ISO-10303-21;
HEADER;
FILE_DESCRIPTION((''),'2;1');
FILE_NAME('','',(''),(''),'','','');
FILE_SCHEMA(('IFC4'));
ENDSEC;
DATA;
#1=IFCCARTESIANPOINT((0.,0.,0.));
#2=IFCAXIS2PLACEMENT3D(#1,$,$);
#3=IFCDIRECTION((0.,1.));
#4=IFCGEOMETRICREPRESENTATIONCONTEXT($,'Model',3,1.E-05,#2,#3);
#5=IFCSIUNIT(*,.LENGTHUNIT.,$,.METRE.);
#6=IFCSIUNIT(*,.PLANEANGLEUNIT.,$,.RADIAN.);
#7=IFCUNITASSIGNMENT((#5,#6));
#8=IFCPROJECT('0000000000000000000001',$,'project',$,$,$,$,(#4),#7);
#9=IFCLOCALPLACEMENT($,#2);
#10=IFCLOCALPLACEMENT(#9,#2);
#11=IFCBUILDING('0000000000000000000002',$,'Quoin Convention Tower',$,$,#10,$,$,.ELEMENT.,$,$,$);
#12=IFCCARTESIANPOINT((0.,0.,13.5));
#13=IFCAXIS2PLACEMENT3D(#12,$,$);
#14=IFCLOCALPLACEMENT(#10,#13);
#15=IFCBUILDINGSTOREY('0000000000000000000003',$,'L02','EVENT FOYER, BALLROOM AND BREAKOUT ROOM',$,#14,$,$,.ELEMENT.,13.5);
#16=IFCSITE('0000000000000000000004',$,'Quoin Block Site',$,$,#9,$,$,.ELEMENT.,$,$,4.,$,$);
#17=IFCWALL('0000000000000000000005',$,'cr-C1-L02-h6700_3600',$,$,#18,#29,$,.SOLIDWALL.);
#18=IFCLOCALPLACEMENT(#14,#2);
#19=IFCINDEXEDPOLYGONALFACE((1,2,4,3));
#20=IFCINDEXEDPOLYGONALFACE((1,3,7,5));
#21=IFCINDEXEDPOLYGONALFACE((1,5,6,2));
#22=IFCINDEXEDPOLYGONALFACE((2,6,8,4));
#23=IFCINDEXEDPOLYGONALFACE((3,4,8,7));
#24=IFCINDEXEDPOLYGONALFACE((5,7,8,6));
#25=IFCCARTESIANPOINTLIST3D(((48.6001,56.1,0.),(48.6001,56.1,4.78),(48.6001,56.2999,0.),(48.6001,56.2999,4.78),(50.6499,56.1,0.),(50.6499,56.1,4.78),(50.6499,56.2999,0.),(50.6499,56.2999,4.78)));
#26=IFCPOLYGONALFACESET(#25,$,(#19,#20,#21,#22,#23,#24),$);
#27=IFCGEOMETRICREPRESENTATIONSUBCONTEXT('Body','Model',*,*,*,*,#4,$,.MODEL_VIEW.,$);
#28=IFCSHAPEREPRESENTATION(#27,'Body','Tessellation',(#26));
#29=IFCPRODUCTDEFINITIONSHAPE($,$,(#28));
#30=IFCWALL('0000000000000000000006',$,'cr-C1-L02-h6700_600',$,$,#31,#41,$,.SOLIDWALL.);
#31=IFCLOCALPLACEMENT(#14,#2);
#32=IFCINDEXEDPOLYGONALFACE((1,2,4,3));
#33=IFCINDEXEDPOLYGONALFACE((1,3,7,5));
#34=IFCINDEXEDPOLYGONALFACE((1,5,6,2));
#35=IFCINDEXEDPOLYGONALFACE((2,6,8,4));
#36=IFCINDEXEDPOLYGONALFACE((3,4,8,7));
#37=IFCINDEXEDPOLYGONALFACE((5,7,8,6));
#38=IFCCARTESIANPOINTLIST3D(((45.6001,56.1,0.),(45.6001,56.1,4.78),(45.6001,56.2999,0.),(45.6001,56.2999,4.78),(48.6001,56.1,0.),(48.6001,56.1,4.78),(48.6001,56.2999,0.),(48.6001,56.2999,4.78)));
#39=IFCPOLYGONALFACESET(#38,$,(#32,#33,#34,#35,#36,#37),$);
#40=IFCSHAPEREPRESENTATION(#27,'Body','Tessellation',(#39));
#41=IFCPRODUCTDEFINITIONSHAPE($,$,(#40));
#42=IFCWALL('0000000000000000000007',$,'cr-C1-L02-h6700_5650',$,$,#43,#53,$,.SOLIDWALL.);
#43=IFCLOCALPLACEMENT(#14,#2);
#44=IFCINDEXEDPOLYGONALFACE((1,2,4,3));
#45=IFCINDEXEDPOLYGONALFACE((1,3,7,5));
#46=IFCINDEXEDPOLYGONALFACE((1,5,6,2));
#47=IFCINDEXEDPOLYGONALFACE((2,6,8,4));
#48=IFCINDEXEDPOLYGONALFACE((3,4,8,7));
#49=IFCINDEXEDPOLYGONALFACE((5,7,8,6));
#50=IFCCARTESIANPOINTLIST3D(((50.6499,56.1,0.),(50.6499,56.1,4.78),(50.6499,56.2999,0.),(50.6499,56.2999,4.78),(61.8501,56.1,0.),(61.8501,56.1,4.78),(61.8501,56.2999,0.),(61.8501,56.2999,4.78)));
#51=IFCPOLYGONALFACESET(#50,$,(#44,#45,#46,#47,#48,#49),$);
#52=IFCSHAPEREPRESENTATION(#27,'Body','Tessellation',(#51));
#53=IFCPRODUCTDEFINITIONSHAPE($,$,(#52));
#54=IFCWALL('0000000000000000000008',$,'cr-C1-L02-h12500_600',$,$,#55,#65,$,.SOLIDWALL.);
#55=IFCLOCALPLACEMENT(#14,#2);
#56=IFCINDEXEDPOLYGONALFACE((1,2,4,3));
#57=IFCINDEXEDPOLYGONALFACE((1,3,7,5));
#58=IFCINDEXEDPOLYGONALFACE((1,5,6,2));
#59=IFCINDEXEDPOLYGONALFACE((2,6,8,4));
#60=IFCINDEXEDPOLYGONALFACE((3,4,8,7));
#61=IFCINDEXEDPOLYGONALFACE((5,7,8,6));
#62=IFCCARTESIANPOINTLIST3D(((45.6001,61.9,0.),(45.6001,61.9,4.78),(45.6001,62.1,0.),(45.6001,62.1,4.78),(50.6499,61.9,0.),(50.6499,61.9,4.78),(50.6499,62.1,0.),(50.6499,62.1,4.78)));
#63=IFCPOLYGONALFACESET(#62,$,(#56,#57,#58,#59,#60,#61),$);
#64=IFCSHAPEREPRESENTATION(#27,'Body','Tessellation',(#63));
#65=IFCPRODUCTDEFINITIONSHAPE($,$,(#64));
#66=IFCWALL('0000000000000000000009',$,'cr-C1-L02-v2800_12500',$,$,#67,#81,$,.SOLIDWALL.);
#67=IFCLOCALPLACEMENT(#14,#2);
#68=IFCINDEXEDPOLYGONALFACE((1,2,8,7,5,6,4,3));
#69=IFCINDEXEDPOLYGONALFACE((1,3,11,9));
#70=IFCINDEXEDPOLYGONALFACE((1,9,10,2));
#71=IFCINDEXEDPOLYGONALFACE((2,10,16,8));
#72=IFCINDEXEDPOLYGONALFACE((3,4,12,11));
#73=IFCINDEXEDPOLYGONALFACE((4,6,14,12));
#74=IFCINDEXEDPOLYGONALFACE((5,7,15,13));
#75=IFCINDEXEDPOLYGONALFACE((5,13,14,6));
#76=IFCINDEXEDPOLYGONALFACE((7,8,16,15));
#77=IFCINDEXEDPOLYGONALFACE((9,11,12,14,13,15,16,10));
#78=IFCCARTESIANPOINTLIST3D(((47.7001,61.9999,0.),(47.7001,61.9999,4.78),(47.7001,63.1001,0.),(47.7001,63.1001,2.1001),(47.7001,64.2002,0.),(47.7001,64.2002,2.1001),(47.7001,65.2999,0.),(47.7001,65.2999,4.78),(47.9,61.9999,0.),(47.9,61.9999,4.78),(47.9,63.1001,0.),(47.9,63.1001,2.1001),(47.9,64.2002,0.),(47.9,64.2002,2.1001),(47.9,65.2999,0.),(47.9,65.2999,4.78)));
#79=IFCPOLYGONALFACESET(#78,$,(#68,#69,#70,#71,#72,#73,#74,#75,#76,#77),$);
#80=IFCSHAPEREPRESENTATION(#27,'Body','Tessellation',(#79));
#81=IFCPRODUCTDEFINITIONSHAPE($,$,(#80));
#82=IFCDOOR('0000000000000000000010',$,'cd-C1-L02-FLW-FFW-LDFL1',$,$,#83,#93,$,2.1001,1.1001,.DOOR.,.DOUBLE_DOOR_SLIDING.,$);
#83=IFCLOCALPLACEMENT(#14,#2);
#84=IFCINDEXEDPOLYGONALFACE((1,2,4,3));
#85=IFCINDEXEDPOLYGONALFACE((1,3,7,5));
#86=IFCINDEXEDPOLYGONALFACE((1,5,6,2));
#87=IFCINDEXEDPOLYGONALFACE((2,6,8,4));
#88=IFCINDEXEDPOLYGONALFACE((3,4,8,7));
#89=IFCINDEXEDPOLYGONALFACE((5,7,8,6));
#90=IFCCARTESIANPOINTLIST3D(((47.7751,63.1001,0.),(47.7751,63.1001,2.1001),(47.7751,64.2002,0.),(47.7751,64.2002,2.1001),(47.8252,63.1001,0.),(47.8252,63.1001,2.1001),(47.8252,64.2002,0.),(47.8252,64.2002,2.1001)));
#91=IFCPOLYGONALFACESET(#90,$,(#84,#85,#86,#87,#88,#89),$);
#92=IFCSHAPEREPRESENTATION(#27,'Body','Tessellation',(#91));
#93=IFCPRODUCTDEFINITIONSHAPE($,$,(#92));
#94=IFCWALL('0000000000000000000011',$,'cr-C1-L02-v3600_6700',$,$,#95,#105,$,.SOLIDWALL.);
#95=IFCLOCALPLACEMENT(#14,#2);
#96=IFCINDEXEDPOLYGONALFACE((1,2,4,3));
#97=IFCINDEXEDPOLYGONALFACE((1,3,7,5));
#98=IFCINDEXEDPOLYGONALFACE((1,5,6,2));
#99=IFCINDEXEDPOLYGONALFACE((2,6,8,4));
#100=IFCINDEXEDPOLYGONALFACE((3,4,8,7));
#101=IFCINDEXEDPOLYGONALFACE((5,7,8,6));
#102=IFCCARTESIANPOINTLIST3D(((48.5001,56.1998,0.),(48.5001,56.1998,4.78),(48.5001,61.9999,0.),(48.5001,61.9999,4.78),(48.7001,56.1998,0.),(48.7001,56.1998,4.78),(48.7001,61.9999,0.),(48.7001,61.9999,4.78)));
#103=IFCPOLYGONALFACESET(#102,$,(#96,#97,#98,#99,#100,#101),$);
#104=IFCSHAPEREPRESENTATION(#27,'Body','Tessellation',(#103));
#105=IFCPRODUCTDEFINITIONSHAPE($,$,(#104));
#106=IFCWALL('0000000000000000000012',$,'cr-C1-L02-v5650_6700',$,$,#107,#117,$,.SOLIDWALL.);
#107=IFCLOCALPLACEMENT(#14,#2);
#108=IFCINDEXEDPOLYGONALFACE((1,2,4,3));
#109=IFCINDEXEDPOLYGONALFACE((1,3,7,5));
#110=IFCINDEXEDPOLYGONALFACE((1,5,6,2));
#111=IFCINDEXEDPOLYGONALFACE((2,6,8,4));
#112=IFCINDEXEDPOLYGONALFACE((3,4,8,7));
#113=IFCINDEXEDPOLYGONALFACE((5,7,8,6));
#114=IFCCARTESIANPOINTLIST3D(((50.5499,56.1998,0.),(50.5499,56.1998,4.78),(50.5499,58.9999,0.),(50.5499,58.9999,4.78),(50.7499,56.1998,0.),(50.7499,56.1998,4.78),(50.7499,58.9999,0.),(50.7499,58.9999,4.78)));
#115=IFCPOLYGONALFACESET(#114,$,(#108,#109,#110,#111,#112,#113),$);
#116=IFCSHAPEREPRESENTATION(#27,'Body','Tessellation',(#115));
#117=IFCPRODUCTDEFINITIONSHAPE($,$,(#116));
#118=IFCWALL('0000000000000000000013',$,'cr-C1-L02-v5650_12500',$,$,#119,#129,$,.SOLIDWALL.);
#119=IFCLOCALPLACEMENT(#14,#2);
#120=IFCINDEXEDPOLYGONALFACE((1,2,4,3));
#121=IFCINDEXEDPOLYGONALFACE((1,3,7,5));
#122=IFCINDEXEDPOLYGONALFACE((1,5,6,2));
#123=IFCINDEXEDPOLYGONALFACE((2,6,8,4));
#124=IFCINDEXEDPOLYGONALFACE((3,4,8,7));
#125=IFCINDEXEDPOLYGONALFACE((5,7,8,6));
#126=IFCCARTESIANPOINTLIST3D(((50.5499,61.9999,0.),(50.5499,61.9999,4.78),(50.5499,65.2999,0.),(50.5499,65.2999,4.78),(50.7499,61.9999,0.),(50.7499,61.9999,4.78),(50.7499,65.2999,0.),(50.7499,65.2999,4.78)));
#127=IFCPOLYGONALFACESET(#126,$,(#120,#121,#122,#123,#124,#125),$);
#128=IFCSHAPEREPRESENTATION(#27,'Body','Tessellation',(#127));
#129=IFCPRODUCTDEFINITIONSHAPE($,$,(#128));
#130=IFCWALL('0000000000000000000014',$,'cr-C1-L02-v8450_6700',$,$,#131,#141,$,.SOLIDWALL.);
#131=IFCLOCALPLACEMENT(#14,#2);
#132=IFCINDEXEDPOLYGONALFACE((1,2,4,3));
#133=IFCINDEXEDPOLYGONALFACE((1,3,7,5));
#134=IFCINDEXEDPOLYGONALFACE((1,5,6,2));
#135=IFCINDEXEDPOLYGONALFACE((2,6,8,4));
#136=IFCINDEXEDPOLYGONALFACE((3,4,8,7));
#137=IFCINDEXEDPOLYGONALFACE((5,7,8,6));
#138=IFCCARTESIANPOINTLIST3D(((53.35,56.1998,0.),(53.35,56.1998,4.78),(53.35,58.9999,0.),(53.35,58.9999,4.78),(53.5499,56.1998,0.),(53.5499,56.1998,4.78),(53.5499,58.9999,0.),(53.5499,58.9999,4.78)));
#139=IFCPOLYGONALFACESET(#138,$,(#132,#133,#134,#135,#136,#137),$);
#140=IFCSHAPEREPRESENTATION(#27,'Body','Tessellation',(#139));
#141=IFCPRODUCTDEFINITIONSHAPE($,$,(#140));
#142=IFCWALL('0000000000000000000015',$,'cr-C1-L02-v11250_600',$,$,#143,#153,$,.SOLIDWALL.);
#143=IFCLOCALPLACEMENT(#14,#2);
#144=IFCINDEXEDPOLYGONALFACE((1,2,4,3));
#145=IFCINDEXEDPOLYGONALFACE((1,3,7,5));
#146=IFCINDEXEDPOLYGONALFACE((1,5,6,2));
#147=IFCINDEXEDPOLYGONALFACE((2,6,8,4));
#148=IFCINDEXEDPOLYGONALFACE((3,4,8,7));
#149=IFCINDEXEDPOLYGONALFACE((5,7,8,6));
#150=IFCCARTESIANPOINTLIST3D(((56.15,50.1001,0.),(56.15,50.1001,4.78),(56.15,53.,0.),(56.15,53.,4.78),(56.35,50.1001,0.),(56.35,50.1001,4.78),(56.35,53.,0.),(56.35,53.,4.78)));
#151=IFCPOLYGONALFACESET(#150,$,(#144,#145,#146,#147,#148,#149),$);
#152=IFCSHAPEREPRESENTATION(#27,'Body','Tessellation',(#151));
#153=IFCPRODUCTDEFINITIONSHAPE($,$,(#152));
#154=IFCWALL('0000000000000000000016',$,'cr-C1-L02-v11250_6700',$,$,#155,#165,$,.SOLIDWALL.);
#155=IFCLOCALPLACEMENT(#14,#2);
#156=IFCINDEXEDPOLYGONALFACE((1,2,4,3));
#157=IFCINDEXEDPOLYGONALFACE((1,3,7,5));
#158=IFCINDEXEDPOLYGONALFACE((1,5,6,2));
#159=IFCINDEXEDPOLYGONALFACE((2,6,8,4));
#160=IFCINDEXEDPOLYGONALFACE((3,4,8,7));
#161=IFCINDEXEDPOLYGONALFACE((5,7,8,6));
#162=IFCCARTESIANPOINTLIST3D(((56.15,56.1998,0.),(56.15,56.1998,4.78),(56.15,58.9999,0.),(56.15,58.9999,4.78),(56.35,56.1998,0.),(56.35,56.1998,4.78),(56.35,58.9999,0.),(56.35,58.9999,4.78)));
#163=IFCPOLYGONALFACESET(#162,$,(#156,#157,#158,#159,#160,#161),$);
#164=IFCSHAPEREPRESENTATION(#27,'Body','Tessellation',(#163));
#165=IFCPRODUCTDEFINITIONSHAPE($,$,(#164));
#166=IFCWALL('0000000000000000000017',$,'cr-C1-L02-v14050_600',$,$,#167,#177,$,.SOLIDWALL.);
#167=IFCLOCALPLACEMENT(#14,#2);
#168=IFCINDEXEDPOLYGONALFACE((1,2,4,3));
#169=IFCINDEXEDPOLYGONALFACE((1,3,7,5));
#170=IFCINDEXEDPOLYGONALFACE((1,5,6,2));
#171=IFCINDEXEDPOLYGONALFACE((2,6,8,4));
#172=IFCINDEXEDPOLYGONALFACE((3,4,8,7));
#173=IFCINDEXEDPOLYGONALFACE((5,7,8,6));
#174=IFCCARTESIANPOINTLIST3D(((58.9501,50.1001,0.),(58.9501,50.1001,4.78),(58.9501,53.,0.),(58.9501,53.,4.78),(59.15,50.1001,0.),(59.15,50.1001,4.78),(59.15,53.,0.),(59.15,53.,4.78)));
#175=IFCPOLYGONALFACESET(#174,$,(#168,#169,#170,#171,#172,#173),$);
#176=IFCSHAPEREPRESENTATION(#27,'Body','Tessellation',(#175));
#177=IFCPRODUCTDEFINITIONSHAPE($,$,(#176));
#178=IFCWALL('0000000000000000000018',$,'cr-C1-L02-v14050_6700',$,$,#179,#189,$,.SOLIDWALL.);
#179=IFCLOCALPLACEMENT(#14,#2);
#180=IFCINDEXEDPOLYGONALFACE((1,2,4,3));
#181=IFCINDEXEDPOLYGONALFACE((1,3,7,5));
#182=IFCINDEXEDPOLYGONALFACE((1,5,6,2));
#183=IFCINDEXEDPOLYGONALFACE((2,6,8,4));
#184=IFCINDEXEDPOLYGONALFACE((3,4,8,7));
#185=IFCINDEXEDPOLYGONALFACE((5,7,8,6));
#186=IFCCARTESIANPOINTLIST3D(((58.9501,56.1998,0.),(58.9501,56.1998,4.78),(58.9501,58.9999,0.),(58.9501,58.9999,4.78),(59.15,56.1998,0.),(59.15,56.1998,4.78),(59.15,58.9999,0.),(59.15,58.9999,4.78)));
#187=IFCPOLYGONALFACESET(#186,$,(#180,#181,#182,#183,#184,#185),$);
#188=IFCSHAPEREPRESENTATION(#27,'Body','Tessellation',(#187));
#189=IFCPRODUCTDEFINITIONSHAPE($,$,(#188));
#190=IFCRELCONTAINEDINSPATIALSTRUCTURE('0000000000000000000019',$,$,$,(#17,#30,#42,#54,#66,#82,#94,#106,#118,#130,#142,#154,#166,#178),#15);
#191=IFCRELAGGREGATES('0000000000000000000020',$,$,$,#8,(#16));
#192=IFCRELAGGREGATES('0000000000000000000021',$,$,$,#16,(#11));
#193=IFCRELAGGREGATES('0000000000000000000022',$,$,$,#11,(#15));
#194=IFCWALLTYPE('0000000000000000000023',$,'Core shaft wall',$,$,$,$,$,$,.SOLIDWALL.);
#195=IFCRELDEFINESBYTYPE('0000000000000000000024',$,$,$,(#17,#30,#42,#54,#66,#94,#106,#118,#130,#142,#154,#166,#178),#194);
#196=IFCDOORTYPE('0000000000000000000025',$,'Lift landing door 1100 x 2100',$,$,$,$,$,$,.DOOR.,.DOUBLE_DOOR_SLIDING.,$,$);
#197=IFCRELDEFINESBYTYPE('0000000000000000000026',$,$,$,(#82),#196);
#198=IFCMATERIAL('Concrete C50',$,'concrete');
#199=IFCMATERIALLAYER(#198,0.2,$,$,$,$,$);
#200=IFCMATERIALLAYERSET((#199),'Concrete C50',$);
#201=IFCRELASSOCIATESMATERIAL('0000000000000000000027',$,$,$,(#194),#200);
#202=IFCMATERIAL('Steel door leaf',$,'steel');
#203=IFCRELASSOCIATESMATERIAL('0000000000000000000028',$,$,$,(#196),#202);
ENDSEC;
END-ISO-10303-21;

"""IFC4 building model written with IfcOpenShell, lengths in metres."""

from ifc_helpers import new_model, si_unit, direction, frame, frame_2d, origin, place, context, subcontext, project, spatial, rectangle, extrude, material, layer, layer_set, type_object, element, fill, save


model = new_model("IFC4")

# Units and contexts
model_context = context("Model", 3, precision=1e-05, world=origin(), true_north=direction((0.0, 1.0)))
body_context = subcontext(model_context, "Body", "Model", "MODEL_VIEW")
ifc_project = project(units=[si_unit("LENGTHUNIT", "METRE"), si_unit("PLANEANGLEUNIT", "RADIAN")], contexts=[model_context])

# Site, building, storey
site_placement = place(None, origin())
site = spatial("IfcSite", under=ifc_project, at=site_placement, Name="Quoin Block Site", CompositionType="ELEMENT", RefElevation=4.0)
building_placement = place(site_placement, origin())
building = spatial("IfcBuilding", under=site, at=building_placement, Name="Quoin Convention Tower", CompositionType="ELEMENT")
storey_placement = place(building_placement, frame((0.0, 0.0, 13.5)))
storey = spatial("IfcBuildingStorey", under=building, at=storey_placement, Name="L02", Description="EVENT FOYER, BALLROOM AND BREAKOUT ROOM", CompositionType="ELEMENT", Elevation=13.5)

# Shared definitions
ifc_material_1 = material(Name="Steel door leaf", Category="steel")
ifc_material_2 = material(Name="Concrete C50", Category="concrete")
ifc_layer_1 = layer(ifc_material_2, 0.2)
ifc_layer_set_1 = layer_set([ifc_layer_1], Name="Concrete C50")
wall_type_1 = type_object("IfcWallType", Name="Core shaft wall", PredefinedType="SOLIDWALL", material=ifc_layer_set_1)

# Walls
wall_1_placement = place(storey_placement, frame((48.6001, 56.2, 0.0), z_axis=(0.0, 0.0, 1.0), x_axis=(1.0, 0.0, 0.0)))
element("IfcWall", 1, at=wall_1_placement, inside=storey, type_object=wall_type_1, Name="cr-C1-L02-h6700_3600", PredefinedType="SOLIDWALL", context=body_context, shape_type="SweptSolid", body=[
    extrude(rectangle(XDim=2.0498, YDim=0.2, at=frame_2d((1.0249, 0.0))), origin(), (0.0, 0.0, 1.0), 4.78),
])
wall_2_placement = place(storey_placement, frame((45.6001, 56.2, 0.0), z_axis=(0.0, 0.0, 1.0), x_axis=(1.0, 0.0, 0.0)))
element("IfcWall", 2, at=wall_2_placement, inside=storey, type_object=wall_type_1, Name="cr-C1-L02-h6700_600", PredefinedType="SOLIDWALL", context=body_context, shape_type="SweptSolid", body=[
    extrude(rectangle(XDim=3.0, YDim=0.2, at=frame_2d((1.5, 0.0))), origin(), (0.0, 0.0, 1.0), 4.78),
])
wall_3_placement = place(storey_placement, frame((50.6499, 56.2, 0.0), z_axis=(0.0, 0.0, 1.0), x_axis=(1.0, 0.0, 0.0)))
element("IfcWall", 3, at=wall_3_placement, inside=storey, type_object=wall_type_1, Name="cr-C1-L02-h6700_5650", PredefinedType="SOLIDWALL", context=body_context, shape_type="SweptSolid", body=[
    extrude(rectangle(XDim=11.2002, YDim=0.2, at=frame_2d((5.6001, 0.0))), origin(), (0.0, 0.0, 1.0), 4.78),
])
wall_4_placement = place(storey_placement, frame((45.6001, 62.0, 0.0), z_axis=(0.0, 0.0, 1.0), x_axis=(1.0, 0.0, 0.0)))
element("IfcWall", 4, at=wall_4_placement, inside=storey, type_object=wall_type_1, Name="cr-C1-L02-h12500_600", PredefinedType="SOLIDWALL", context=body_context, shape_type="SweptSolid", body=[
    extrude(rectangle(XDim=5.0498, YDim=0.2, at=frame_2d((2.5249, 0.0))), origin(), (0.0, 0.0, 1.0), 4.78),
])

# Wall, opening, door
wall_5_placement = place(storey_placement, frame((47.8, 62.0, 0.0), z_axis=(0.0, 0.0, 1.0), x_axis=(0.0, 1.0, 0.0)))
wall_5 = element("IfcWall", 5, at=wall_5_placement, inside=storey, type_object=wall_type_1, Name="cr-C1-L02-v2800_12500", PredefinedType="SOLIDWALL", context=body_context, shape_type="SweptSolid", body=[
    extrude(rectangle(XDim=3.3, YDim=0.2, at=frame_2d((1.6499, 0.0))), origin(), (0.0, 0.0, 1.0), 4.78),
])
opening_1_placement = place(wall_5_placement, frame((1.1001, 0.0, 0.0)))
opening_1 = element("IfcOpeningElement", 6, at=opening_1_placement, cuts=wall_5, PredefinedType="OPENING", context=body_context, shape_type="SweptSolid", body=[
    extrude(rectangle(XDim=1.1001, YDim=2.1001, at=frame_2d((0.55, 1.05))), frame((0.0, 0.1099, 0.0), z_axis=(0.0, -1.0, 0.0), x_axis=(1.0, 0.0, 0.0)), (0.0, 0.0, 1.0), 0.22),
])
door_type_1 = type_object("IfcDoorType", Name="Lift landing door 1100 x 2100", OperationType="DOUBLE_DOOR_SLIDING", PredefinedType="DOOR", material=ifc_material_1)
door_1_placement = place(opening_1_placement, origin())
door_1 = element("IfcDoor", 7, at=door_1_placement, inside=storey, type_object=door_type_1, Name="cd-C1-L02-FLW-FFW-LDFL1", OperationType="DOUBLE_DOOR_SLIDING", OverallHeight=2.1001, OverallWidth=1.1001, PredefinedType="DOOR", context=body_context, shape_type="SweptSolid", body=[
    extrude(rectangle(XDim=1.1001, YDim=2.1001, at=frame_2d((0.55, 1.05))), frame((0.0, 0.0249, 0.0), z_axis=(0.0, -1.0, 0.0), x_axis=(1.0, 0.0, 0.0)), (0.0, 0.0, 1.0), 0.05),
])
fill(opening_1, door_1)

# Walls
wall_6_placement = place(storey_placement, frame((48.6001, 56.2, 0.0), z_axis=(0.0, 0.0, 1.0), x_axis=(0.0, 1.0, 0.0)))
element("IfcWall", 8, at=wall_6_placement, inside=storey, type_object=wall_type_1, Name="cr-C1-L02-v3600_6700", PredefinedType="SOLIDWALL", context=body_context, shape_type="SweptSolid", body=[
    extrude(rectangle(XDim=5.8, YDim=0.2, at=frame_2d((2.8999, 0.0))), origin(), (0.0, 0.0, 1.0), 4.78),
])
wall_7_placement = place(storey_placement, frame((50.6499, 56.2, 0.0), z_axis=(0.0, 0.0, 1.0), x_axis=(0.0, 1.0, 0.0)))
element("IfcWall", 9, at=wall_7_placement, inside=storey, type_object=wall_type_1, Name="cr-C1-L02-v5650_6700", PredefinedType="SOLIDWALL", context=body_context, shape_type="SweptSolid", body=[
    extrude(rectangle(XDim=2.8, YDim=0.2, at=frame_2d((1.3999, 0.0))), origin(), (0.0, 0.0, 1.0), 4.78),
])
wall_8_placement = place(storey_placement, frame((50.6499, 62.0, 0.0), z_axis=(0.0, 0.0, 1.0), x_axis=(0.0, 1.0, 0.0)))
element("IfcWall", 10, at=wall_8_placement, inside=storey, type_object=wall_type_1, Name="cr-C1-L02-v5650_12500", PredefinedType="SOLIDWALL", context=body_context, shape_type="SweptSolid", body=[
    extrude(rectangle(XDim=3.3, YDim=0.2, at=frame_2d((1.6499, 0.0))), origin(), (0.0, 0.0, 1.0), 4.78),
])
wall_9_placement = place(storey_placement, frame((53.45, 56.2, 0.0), z_axis=(0.0, 0.0, 1.0), x_axis=(0.0, 1.0, 0.0)))
element("IfcWall", 11, at=wall_9_placement, inside=storey, type_object=wall_type_1, Name="cr-C1-L02-v8450_6700", PredefinedType="SOLIDWALL", context=body_context, shape_type="SweptSolid", body=[
    extrude(rectangle(XDim=2.8, YDim=0.2, at=frame_2d((1.3999, 0.0))), origin(), (0.0, 0.0, 1.0), 4.78),
])
wall_10_placement = place(storey_placement, frame((56.25, 50.1001, 0.0), z_axis=(0.0, 0.0, 1.0), x_axis=(0.0, 1.0, 0.0)))
element("IfcWall", 12, at=wall_10_placement, inside=storey, type_object=wall_type_1, Name="cr-C1-L02-v11250_600", PredefinedType="SOLIDWALL", context=body_context, shape_type="SweptSolid", body=[
    extrude(rectangle(XDim=2.8999, YDim=0.2, at=frame_2d((1.45, 0.0))), origin(), (0.0, 0.0, 1.0), 4.78),
])
wall_11_placement = place(storey_placement, frame((56.25, 56.2, 0.0), z_axis=(0.0, 0.0, 1.0), x_axis=(0.0, 1.0, 0.0)))
element("IfcWall", 13, at=wall_11_placement, inside=storey, type_object=wall_type_1, Name="cr-C1-L02-v11250_6700", PredefinedType="SOLIDWALL", context=body_context, shape_type="SweptSolid", body=[
    extrude(rectangle(XDim=2.8, YDim=0.2, at=frame_2d((1.3999, 0.0))), origin(), (0.0, 0.0, 1.0), 4.78),
])
wall_12_placement = place(storey_placement, frame((59.05, 50.1001, 0.0), z_axis=(0.0, 0.0, 1.0), x_axis=(0.0, 1.0, 0.0)))
element("IfcWall", 14, at=wall_12_placement, inside=storey, type_object=wall_type_1, Name="cr-C1-L02-v14050_600", PredefinedType="SOLIDWALL", context=body_context, shape_type="SweptSolid", body=[
    extrude(rectangle(XDim=2.8999, YDim=0.2, at=frame_2d((1.45, 0.0))), origin(), (0.0, 0.0, 1.0), 4.78),
])
wall_13_placement = place(storey_placement, frame((59.05, 56.2, 0.0), z_axis=(0.0, 0.0, 1.0), x_axis=(0.0, 1.0, 0.0)))
element("IfcWall", 15, at=wall_13_placement, inside=storey, type_object=wall_type_1, Name="cr-C1-L02-v14050_6700", PredefinedType="SOLIDWALL", context=body_context, shape_type="SweptSolid", body=[
    extrude(rectangle(XDim=2.8, YDim=0.2, at=frame_2d((1.3999, 0.0))), origin(), (0.0, 0.0, 1.0), 4.78),
])

save(model, "model.ifc")
